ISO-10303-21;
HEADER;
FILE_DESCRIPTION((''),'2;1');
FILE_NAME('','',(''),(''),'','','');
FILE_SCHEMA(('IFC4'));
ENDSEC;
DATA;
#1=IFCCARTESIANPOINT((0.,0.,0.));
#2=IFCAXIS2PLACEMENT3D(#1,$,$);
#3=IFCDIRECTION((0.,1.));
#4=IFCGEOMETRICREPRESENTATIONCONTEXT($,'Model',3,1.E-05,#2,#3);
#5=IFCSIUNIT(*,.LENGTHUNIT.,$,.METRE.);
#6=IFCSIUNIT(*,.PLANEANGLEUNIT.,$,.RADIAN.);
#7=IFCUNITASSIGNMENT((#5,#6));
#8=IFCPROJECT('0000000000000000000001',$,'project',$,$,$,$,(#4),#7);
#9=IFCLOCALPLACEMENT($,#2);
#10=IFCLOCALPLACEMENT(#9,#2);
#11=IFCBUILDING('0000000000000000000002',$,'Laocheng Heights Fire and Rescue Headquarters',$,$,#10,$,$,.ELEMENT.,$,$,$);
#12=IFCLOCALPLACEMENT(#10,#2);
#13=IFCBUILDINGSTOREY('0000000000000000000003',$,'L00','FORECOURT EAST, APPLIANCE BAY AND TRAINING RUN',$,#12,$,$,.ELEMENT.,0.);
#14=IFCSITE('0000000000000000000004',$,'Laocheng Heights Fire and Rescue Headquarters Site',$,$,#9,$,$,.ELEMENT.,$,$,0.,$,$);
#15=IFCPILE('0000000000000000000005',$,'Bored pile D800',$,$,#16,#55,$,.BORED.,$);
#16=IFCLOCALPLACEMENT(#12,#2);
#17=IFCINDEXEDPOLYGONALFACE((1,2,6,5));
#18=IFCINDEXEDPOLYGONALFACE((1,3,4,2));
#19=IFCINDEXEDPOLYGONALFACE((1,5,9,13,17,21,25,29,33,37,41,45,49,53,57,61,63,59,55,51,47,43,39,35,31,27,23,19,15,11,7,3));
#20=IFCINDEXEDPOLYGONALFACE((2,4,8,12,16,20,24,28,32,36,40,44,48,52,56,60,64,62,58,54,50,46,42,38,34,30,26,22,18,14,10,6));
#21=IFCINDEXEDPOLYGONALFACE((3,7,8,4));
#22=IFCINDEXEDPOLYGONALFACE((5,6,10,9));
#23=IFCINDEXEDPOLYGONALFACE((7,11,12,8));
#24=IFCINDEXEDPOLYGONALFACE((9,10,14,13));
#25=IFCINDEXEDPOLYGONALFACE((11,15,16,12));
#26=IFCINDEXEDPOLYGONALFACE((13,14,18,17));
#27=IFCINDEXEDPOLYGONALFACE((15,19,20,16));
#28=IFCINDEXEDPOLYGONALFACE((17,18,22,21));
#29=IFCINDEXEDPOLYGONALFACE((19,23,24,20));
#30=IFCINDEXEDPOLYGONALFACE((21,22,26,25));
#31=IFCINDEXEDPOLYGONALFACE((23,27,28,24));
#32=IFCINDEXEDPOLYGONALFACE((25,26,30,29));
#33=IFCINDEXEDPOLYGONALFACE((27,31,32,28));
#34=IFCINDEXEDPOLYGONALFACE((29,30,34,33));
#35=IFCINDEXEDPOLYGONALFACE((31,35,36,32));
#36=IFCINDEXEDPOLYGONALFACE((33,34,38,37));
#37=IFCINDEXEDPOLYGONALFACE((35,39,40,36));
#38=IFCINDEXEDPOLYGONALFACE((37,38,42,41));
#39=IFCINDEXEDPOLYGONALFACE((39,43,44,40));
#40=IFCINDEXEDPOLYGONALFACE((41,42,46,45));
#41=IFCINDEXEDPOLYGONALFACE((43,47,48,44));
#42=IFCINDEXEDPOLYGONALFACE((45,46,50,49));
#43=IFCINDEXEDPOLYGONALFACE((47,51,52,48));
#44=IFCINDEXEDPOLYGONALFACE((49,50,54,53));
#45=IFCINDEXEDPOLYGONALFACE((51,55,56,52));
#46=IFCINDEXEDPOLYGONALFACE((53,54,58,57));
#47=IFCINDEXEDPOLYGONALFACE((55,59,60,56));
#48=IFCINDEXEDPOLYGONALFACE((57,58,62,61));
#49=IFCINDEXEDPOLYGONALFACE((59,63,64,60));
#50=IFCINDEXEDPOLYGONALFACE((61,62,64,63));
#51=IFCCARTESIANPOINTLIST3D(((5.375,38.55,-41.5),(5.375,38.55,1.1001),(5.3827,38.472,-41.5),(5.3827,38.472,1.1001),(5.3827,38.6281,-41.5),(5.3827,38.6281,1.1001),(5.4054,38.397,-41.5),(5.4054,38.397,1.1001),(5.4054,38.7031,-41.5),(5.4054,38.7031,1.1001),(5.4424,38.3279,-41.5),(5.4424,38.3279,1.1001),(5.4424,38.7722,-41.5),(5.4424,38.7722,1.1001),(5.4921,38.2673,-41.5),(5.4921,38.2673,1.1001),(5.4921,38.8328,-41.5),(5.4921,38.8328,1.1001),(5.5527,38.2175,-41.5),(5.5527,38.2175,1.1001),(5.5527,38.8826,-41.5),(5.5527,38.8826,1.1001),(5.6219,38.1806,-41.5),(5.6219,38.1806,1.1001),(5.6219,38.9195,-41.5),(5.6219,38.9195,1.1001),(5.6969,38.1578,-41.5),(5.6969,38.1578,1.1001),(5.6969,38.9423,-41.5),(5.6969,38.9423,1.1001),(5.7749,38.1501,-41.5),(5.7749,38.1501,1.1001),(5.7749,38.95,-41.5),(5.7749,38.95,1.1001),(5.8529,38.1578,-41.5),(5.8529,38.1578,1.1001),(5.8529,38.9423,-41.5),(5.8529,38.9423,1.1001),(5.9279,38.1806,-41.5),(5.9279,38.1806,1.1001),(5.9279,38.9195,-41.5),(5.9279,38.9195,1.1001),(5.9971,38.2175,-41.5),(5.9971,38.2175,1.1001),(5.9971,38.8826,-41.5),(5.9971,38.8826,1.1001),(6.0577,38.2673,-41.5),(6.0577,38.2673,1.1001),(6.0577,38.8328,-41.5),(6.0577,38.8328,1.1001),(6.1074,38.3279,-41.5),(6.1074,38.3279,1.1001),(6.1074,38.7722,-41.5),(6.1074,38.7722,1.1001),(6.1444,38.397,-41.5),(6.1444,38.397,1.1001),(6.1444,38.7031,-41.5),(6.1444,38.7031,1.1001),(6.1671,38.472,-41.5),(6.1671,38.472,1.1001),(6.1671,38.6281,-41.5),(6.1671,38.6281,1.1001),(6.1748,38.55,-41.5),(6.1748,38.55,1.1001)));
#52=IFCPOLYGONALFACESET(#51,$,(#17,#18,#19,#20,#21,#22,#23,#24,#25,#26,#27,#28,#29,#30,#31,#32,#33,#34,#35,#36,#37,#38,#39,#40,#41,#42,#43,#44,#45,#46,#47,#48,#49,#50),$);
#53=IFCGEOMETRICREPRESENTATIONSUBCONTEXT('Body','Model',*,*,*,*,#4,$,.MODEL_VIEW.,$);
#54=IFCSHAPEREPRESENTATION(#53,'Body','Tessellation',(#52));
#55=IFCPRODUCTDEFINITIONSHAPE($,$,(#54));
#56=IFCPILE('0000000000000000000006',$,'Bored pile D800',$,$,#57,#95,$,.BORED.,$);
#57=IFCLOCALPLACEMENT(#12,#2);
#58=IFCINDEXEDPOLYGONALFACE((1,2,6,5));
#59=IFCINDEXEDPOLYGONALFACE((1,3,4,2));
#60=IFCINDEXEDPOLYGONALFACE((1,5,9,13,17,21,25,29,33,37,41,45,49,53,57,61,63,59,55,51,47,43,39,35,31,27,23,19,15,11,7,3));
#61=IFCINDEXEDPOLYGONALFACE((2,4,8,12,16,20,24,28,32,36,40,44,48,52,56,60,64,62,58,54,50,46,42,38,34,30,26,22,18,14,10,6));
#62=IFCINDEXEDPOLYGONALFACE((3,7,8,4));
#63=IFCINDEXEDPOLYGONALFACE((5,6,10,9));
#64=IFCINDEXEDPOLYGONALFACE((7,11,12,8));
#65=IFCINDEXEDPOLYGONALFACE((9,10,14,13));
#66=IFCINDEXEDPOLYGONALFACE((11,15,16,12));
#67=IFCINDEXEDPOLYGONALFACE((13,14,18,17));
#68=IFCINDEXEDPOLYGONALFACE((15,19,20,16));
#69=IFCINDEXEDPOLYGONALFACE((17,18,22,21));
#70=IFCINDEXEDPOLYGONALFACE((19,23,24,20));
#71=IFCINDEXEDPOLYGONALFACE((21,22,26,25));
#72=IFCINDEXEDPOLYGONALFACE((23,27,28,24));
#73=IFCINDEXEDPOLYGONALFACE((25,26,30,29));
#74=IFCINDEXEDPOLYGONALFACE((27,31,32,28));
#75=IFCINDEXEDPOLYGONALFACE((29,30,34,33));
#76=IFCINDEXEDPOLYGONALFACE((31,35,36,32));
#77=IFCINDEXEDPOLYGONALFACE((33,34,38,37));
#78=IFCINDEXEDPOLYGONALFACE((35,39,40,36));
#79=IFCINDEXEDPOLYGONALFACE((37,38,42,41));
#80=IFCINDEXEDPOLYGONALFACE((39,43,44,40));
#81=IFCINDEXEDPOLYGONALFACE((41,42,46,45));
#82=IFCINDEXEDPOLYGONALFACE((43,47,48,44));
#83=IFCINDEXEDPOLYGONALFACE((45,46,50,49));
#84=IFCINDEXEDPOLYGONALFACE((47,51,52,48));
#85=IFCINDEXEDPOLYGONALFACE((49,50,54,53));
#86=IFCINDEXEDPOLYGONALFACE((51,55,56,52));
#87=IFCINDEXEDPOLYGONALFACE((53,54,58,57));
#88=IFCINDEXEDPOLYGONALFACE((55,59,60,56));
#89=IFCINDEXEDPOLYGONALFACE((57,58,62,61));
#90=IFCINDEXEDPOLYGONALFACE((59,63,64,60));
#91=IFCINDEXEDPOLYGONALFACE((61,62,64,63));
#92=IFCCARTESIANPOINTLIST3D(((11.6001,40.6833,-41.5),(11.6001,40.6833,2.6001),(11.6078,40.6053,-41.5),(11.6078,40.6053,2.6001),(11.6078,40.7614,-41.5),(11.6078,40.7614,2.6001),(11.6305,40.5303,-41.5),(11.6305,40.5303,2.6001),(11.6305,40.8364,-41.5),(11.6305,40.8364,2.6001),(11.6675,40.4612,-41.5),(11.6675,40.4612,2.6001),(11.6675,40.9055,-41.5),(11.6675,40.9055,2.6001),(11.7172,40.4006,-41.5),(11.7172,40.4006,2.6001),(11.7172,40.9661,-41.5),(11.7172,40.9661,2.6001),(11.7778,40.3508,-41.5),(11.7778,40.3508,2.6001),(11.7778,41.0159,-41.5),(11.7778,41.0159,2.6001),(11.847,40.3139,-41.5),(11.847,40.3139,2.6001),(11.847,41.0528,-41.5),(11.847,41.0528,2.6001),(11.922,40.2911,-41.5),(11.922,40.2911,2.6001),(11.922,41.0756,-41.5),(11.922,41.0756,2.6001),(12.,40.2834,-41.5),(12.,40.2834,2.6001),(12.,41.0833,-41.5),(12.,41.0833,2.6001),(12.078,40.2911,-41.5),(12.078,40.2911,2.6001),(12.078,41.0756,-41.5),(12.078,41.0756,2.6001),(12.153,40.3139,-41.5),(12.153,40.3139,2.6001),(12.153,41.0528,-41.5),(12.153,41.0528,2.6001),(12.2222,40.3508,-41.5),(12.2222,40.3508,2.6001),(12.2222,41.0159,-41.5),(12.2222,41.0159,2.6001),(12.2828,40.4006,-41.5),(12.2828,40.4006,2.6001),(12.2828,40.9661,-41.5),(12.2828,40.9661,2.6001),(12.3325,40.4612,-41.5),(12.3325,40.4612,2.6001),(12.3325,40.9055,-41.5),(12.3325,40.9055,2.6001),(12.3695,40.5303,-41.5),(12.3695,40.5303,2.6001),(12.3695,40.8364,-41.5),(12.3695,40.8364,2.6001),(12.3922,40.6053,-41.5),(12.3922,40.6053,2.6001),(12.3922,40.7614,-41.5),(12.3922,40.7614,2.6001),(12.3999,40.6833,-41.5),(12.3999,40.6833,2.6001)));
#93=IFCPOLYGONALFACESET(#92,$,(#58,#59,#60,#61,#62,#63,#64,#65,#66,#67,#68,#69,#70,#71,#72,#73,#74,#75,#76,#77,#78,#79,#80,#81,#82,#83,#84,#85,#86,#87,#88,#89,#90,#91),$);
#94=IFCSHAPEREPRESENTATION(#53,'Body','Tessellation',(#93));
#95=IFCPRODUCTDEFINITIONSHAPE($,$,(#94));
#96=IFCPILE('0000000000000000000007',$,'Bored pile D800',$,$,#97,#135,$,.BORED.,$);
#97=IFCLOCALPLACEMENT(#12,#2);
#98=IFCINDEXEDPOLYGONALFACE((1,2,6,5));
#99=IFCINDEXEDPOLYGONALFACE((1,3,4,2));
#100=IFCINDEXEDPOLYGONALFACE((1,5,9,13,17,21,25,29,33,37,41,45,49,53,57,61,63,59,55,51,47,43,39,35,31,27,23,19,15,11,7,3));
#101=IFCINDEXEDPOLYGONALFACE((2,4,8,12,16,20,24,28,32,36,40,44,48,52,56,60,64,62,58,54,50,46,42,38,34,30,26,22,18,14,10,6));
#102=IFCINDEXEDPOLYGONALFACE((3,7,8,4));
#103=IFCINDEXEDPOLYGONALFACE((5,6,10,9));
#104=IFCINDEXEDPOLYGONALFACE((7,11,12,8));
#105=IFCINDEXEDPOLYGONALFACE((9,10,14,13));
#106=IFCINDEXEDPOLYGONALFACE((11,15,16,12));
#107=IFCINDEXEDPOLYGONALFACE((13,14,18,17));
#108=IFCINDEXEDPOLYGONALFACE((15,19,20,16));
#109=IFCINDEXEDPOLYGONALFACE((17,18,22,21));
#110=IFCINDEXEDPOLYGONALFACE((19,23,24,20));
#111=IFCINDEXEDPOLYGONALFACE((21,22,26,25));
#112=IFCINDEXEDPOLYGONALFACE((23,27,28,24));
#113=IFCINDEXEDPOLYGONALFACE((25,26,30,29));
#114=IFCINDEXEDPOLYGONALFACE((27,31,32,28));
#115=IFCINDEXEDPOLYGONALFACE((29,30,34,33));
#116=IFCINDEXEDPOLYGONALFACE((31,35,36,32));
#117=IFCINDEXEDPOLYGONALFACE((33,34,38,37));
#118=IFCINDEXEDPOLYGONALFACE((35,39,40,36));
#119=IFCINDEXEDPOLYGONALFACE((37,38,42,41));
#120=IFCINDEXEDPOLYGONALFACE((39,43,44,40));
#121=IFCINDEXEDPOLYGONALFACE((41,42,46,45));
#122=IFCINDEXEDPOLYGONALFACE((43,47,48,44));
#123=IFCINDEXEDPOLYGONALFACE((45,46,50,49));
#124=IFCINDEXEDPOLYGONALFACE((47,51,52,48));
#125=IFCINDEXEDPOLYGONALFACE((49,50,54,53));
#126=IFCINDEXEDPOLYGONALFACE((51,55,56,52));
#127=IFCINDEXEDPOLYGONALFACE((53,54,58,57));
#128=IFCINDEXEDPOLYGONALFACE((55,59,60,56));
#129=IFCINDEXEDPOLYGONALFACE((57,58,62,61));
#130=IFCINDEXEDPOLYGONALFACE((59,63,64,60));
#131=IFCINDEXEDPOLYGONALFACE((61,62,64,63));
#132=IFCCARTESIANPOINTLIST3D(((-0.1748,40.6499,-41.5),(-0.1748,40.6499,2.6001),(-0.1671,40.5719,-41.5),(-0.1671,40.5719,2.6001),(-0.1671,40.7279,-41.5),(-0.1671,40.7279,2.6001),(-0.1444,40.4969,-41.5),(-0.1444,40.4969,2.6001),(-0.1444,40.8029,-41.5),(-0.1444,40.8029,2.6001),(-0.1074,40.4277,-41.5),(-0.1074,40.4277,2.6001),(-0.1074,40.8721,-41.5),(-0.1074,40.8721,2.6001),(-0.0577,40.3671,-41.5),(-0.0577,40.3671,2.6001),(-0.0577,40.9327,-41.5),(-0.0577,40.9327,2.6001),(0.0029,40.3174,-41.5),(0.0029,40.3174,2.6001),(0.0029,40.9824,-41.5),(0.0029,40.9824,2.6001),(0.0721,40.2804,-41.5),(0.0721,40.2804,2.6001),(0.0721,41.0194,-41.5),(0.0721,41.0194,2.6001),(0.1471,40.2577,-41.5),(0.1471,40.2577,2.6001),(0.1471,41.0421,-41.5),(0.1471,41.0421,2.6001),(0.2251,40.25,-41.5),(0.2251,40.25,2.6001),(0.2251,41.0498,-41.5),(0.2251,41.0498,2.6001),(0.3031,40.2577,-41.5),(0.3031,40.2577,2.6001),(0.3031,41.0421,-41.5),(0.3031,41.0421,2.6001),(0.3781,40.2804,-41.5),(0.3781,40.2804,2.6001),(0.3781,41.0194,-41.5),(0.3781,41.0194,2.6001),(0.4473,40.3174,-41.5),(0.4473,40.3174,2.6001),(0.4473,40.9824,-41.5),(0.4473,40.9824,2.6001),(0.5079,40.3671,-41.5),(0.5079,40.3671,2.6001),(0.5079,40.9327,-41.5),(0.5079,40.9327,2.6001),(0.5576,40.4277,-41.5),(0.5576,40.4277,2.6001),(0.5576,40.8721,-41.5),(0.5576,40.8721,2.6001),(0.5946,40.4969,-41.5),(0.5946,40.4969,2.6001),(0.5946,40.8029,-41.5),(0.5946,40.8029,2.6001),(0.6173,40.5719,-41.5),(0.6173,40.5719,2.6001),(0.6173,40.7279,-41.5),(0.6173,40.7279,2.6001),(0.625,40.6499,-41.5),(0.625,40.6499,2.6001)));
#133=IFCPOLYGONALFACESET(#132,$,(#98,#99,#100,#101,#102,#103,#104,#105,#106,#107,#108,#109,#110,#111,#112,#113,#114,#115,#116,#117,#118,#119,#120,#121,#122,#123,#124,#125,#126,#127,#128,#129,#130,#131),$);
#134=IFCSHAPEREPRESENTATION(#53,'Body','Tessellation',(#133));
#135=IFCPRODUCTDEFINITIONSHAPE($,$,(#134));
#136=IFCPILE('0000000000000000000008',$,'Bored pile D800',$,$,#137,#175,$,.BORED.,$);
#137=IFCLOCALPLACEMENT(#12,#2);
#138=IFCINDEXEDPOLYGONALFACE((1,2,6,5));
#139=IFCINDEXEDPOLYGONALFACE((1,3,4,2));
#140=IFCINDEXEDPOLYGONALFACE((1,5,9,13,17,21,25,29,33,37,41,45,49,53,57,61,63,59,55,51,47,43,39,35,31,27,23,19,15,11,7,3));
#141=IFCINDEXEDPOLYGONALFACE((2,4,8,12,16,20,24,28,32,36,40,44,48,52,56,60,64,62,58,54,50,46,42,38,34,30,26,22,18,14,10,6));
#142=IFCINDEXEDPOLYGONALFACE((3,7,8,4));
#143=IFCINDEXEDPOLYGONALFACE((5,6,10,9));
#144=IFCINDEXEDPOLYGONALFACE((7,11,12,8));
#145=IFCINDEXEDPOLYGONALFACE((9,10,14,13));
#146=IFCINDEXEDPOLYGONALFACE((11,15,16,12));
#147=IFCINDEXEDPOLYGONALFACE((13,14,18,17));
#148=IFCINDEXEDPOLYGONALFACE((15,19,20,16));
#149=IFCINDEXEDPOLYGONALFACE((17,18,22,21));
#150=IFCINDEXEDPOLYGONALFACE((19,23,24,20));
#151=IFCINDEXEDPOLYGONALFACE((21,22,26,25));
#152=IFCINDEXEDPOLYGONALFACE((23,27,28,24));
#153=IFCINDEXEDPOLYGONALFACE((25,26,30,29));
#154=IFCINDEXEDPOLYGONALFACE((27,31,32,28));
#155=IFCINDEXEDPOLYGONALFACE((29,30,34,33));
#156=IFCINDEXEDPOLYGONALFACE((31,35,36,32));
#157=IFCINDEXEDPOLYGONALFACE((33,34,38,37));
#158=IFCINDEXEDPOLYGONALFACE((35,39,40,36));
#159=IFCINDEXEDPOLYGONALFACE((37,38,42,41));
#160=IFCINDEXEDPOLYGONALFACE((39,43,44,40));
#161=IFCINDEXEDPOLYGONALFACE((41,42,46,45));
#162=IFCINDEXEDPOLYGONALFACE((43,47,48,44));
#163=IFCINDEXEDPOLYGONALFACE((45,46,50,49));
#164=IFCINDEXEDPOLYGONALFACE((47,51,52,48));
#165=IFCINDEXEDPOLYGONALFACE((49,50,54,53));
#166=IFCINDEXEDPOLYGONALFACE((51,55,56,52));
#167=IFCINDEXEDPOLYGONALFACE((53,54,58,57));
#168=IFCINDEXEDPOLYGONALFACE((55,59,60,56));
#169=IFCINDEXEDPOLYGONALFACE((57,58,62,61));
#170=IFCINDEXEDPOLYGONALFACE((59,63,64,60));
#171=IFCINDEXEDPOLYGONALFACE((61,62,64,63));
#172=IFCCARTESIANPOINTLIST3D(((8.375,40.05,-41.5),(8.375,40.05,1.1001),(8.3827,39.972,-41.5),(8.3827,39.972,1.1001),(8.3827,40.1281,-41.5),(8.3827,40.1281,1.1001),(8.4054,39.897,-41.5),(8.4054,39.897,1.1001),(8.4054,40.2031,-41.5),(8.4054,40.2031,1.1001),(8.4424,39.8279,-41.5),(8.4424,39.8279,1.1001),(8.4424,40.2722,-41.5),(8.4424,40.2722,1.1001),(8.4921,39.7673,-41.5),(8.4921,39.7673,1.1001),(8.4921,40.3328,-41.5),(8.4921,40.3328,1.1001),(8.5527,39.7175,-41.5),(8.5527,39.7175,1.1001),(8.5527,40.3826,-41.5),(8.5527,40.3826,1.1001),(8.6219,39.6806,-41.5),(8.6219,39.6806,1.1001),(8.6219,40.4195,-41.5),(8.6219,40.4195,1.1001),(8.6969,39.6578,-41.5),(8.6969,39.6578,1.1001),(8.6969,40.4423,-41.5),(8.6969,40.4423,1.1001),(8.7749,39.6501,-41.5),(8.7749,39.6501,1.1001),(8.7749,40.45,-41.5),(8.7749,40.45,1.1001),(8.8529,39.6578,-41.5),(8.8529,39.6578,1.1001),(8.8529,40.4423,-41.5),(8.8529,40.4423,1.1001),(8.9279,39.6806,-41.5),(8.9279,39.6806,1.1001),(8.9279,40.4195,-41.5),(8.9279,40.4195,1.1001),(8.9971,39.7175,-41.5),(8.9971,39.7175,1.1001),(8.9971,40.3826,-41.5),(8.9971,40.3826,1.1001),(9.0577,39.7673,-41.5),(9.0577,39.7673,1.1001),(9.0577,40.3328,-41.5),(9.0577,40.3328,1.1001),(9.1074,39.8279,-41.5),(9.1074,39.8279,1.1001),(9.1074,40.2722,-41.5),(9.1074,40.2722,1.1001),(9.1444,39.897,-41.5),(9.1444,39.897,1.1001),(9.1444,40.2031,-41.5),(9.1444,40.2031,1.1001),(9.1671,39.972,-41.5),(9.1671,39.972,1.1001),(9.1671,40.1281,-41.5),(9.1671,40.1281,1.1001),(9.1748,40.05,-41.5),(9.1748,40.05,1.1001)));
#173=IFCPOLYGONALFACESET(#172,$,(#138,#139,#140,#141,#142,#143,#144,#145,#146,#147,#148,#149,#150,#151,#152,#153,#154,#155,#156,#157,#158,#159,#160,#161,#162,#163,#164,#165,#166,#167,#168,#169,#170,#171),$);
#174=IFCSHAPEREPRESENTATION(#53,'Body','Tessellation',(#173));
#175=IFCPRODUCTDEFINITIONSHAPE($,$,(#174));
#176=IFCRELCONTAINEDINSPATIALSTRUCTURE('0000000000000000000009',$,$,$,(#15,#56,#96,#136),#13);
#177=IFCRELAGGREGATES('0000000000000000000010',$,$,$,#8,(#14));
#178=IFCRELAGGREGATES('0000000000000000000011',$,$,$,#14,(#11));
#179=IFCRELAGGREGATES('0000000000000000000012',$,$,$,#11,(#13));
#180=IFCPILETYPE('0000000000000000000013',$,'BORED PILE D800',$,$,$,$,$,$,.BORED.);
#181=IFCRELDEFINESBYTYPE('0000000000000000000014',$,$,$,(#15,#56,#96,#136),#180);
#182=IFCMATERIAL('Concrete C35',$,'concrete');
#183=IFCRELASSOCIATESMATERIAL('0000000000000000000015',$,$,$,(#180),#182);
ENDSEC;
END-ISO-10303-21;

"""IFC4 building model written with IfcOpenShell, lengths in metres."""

from ifc_helpers import new_model, si_unit, direction, frame, origin, origin_2d, place, context, subcontext, project, spatial, circle, extrude, material, material_profile, profile_set, type_object, element, save


model = new_model("IFC4")

# Units and contexts
model_context = context("Model", 3, precision=1e-05, world=origin(), true_north=direction((0.0, 1.0)))
body_context = subcontext(model_context, "Body", "Model", "MODEL_VIEW")
ifc_project = project(units=[si_unit("LENGTHUNIT", "METRE"), si_unit("PLANEANGLEUNIT", "RADIAN")], contexts=[model_context])

# Site, building, storey
site_placement = place(None, origin())
site = spatial("IfcSite", under=ifc_project, at=site_placement, Name="Laocheng Heights Fire and Rescue Headquarters Site", CompositionType="ELEMENT", RefElevation=0.0)
building_placement = place(site_placement, origin())
building = spatial("IfcBuilding", under=site, at=building_placement, Name="Laocheng Heights Fire and Rescue Headquarters", CompositionType="ELEMENT")
storey_placement = place(building_placement, origin())
storey = spatial("IfcBuildingStorey", under=building, at=storey_placement, Name="L00", Description="FORECOURT EAST, APPLIANCE BAY AND TRAINING RUN", CompositionType="ELEMENT", Elevation=0.0)

# Piles
ifc_material_1 = material(Name="Concrete C35", Category="concrete")
ifc_material_profile_1 = material_profile(ifc_material_1, circle(Radius=0.3999, at=origin_2d()), Name="BORED PILE D800")
ifc_profile_set_1 = profile_set([ifc_material_profile_1], Name="Concrete C35")
pile_type = type_object("IfcPileType", Name="BORED PILE D800", PredefinedType="BORED", material=ifc_profile_set_1)
pile_1_placement = place(storey_placement, frame((5.7749, 38.55, 1.1001), z_axis=(0.0, 0.0, -1.0), x_axis=(1.0, 0.0, 0.0)))
element("IfcPile", 1, at=pile_1_placement, inside=storey, type_object=pile_type, Name="Bored pile D800", PredefinedType="BORED", context=body_context, shape_type="SweptSolid", body=[
    extrude(circle(Radius=0.3999, at=origin_2d()), origin(), (0.0, 0.0, 1.0), 42.6001),
])
for number, where, z_axis, x_axis, name in (
    (2, (12.0, 40.6833, 2.6001), (0.0, 0.0, -1.0), (1.0, 0.0, 0.0), "Bored pile D800"),
    (3, (0.2251, 40.6499, 2.6001), (0.0, 0.0, -1.0), (1.0, 0.0, 0.0), "Bored pile D800"),
):
    element("IfcPile", number, at=place(storey_placement, frame(where, z_axis=z_axis, x_axis=x_axis)), inside=storey, type_object=pile_type, Name=name, PredefinedType="BORED", context=body_context, shape_type="SweptSolid", body=[
        extrude(circle(Radius=0.3999, at=origin_2d()), origin(), (0.0, 0.0, 1.0), 44.1001),
    ])
for number, where, z_axis, x_axis, name in (
    (4, (8.7749, 40.05, 1.1001), (0.0, 0.0, -1.0), (1.0, 0.0, 0.0), "Bored pile D800"),
):
    element("IfcPile", number, at=place(storey_placement, frame(where, z_axis=z_axis, x_axis=x_axis)), inside=storey, type_object=pile_type, Name=name, PredefinedType="BORED", context=body_context, shape_type="SweptSolid", body=[
        extrude(circle(Radius=0.3999, at=origin_2d()), origin(), (0.0, 0.0, 1.0), 42.6001),
    ])

save(model, "model.ifc")
